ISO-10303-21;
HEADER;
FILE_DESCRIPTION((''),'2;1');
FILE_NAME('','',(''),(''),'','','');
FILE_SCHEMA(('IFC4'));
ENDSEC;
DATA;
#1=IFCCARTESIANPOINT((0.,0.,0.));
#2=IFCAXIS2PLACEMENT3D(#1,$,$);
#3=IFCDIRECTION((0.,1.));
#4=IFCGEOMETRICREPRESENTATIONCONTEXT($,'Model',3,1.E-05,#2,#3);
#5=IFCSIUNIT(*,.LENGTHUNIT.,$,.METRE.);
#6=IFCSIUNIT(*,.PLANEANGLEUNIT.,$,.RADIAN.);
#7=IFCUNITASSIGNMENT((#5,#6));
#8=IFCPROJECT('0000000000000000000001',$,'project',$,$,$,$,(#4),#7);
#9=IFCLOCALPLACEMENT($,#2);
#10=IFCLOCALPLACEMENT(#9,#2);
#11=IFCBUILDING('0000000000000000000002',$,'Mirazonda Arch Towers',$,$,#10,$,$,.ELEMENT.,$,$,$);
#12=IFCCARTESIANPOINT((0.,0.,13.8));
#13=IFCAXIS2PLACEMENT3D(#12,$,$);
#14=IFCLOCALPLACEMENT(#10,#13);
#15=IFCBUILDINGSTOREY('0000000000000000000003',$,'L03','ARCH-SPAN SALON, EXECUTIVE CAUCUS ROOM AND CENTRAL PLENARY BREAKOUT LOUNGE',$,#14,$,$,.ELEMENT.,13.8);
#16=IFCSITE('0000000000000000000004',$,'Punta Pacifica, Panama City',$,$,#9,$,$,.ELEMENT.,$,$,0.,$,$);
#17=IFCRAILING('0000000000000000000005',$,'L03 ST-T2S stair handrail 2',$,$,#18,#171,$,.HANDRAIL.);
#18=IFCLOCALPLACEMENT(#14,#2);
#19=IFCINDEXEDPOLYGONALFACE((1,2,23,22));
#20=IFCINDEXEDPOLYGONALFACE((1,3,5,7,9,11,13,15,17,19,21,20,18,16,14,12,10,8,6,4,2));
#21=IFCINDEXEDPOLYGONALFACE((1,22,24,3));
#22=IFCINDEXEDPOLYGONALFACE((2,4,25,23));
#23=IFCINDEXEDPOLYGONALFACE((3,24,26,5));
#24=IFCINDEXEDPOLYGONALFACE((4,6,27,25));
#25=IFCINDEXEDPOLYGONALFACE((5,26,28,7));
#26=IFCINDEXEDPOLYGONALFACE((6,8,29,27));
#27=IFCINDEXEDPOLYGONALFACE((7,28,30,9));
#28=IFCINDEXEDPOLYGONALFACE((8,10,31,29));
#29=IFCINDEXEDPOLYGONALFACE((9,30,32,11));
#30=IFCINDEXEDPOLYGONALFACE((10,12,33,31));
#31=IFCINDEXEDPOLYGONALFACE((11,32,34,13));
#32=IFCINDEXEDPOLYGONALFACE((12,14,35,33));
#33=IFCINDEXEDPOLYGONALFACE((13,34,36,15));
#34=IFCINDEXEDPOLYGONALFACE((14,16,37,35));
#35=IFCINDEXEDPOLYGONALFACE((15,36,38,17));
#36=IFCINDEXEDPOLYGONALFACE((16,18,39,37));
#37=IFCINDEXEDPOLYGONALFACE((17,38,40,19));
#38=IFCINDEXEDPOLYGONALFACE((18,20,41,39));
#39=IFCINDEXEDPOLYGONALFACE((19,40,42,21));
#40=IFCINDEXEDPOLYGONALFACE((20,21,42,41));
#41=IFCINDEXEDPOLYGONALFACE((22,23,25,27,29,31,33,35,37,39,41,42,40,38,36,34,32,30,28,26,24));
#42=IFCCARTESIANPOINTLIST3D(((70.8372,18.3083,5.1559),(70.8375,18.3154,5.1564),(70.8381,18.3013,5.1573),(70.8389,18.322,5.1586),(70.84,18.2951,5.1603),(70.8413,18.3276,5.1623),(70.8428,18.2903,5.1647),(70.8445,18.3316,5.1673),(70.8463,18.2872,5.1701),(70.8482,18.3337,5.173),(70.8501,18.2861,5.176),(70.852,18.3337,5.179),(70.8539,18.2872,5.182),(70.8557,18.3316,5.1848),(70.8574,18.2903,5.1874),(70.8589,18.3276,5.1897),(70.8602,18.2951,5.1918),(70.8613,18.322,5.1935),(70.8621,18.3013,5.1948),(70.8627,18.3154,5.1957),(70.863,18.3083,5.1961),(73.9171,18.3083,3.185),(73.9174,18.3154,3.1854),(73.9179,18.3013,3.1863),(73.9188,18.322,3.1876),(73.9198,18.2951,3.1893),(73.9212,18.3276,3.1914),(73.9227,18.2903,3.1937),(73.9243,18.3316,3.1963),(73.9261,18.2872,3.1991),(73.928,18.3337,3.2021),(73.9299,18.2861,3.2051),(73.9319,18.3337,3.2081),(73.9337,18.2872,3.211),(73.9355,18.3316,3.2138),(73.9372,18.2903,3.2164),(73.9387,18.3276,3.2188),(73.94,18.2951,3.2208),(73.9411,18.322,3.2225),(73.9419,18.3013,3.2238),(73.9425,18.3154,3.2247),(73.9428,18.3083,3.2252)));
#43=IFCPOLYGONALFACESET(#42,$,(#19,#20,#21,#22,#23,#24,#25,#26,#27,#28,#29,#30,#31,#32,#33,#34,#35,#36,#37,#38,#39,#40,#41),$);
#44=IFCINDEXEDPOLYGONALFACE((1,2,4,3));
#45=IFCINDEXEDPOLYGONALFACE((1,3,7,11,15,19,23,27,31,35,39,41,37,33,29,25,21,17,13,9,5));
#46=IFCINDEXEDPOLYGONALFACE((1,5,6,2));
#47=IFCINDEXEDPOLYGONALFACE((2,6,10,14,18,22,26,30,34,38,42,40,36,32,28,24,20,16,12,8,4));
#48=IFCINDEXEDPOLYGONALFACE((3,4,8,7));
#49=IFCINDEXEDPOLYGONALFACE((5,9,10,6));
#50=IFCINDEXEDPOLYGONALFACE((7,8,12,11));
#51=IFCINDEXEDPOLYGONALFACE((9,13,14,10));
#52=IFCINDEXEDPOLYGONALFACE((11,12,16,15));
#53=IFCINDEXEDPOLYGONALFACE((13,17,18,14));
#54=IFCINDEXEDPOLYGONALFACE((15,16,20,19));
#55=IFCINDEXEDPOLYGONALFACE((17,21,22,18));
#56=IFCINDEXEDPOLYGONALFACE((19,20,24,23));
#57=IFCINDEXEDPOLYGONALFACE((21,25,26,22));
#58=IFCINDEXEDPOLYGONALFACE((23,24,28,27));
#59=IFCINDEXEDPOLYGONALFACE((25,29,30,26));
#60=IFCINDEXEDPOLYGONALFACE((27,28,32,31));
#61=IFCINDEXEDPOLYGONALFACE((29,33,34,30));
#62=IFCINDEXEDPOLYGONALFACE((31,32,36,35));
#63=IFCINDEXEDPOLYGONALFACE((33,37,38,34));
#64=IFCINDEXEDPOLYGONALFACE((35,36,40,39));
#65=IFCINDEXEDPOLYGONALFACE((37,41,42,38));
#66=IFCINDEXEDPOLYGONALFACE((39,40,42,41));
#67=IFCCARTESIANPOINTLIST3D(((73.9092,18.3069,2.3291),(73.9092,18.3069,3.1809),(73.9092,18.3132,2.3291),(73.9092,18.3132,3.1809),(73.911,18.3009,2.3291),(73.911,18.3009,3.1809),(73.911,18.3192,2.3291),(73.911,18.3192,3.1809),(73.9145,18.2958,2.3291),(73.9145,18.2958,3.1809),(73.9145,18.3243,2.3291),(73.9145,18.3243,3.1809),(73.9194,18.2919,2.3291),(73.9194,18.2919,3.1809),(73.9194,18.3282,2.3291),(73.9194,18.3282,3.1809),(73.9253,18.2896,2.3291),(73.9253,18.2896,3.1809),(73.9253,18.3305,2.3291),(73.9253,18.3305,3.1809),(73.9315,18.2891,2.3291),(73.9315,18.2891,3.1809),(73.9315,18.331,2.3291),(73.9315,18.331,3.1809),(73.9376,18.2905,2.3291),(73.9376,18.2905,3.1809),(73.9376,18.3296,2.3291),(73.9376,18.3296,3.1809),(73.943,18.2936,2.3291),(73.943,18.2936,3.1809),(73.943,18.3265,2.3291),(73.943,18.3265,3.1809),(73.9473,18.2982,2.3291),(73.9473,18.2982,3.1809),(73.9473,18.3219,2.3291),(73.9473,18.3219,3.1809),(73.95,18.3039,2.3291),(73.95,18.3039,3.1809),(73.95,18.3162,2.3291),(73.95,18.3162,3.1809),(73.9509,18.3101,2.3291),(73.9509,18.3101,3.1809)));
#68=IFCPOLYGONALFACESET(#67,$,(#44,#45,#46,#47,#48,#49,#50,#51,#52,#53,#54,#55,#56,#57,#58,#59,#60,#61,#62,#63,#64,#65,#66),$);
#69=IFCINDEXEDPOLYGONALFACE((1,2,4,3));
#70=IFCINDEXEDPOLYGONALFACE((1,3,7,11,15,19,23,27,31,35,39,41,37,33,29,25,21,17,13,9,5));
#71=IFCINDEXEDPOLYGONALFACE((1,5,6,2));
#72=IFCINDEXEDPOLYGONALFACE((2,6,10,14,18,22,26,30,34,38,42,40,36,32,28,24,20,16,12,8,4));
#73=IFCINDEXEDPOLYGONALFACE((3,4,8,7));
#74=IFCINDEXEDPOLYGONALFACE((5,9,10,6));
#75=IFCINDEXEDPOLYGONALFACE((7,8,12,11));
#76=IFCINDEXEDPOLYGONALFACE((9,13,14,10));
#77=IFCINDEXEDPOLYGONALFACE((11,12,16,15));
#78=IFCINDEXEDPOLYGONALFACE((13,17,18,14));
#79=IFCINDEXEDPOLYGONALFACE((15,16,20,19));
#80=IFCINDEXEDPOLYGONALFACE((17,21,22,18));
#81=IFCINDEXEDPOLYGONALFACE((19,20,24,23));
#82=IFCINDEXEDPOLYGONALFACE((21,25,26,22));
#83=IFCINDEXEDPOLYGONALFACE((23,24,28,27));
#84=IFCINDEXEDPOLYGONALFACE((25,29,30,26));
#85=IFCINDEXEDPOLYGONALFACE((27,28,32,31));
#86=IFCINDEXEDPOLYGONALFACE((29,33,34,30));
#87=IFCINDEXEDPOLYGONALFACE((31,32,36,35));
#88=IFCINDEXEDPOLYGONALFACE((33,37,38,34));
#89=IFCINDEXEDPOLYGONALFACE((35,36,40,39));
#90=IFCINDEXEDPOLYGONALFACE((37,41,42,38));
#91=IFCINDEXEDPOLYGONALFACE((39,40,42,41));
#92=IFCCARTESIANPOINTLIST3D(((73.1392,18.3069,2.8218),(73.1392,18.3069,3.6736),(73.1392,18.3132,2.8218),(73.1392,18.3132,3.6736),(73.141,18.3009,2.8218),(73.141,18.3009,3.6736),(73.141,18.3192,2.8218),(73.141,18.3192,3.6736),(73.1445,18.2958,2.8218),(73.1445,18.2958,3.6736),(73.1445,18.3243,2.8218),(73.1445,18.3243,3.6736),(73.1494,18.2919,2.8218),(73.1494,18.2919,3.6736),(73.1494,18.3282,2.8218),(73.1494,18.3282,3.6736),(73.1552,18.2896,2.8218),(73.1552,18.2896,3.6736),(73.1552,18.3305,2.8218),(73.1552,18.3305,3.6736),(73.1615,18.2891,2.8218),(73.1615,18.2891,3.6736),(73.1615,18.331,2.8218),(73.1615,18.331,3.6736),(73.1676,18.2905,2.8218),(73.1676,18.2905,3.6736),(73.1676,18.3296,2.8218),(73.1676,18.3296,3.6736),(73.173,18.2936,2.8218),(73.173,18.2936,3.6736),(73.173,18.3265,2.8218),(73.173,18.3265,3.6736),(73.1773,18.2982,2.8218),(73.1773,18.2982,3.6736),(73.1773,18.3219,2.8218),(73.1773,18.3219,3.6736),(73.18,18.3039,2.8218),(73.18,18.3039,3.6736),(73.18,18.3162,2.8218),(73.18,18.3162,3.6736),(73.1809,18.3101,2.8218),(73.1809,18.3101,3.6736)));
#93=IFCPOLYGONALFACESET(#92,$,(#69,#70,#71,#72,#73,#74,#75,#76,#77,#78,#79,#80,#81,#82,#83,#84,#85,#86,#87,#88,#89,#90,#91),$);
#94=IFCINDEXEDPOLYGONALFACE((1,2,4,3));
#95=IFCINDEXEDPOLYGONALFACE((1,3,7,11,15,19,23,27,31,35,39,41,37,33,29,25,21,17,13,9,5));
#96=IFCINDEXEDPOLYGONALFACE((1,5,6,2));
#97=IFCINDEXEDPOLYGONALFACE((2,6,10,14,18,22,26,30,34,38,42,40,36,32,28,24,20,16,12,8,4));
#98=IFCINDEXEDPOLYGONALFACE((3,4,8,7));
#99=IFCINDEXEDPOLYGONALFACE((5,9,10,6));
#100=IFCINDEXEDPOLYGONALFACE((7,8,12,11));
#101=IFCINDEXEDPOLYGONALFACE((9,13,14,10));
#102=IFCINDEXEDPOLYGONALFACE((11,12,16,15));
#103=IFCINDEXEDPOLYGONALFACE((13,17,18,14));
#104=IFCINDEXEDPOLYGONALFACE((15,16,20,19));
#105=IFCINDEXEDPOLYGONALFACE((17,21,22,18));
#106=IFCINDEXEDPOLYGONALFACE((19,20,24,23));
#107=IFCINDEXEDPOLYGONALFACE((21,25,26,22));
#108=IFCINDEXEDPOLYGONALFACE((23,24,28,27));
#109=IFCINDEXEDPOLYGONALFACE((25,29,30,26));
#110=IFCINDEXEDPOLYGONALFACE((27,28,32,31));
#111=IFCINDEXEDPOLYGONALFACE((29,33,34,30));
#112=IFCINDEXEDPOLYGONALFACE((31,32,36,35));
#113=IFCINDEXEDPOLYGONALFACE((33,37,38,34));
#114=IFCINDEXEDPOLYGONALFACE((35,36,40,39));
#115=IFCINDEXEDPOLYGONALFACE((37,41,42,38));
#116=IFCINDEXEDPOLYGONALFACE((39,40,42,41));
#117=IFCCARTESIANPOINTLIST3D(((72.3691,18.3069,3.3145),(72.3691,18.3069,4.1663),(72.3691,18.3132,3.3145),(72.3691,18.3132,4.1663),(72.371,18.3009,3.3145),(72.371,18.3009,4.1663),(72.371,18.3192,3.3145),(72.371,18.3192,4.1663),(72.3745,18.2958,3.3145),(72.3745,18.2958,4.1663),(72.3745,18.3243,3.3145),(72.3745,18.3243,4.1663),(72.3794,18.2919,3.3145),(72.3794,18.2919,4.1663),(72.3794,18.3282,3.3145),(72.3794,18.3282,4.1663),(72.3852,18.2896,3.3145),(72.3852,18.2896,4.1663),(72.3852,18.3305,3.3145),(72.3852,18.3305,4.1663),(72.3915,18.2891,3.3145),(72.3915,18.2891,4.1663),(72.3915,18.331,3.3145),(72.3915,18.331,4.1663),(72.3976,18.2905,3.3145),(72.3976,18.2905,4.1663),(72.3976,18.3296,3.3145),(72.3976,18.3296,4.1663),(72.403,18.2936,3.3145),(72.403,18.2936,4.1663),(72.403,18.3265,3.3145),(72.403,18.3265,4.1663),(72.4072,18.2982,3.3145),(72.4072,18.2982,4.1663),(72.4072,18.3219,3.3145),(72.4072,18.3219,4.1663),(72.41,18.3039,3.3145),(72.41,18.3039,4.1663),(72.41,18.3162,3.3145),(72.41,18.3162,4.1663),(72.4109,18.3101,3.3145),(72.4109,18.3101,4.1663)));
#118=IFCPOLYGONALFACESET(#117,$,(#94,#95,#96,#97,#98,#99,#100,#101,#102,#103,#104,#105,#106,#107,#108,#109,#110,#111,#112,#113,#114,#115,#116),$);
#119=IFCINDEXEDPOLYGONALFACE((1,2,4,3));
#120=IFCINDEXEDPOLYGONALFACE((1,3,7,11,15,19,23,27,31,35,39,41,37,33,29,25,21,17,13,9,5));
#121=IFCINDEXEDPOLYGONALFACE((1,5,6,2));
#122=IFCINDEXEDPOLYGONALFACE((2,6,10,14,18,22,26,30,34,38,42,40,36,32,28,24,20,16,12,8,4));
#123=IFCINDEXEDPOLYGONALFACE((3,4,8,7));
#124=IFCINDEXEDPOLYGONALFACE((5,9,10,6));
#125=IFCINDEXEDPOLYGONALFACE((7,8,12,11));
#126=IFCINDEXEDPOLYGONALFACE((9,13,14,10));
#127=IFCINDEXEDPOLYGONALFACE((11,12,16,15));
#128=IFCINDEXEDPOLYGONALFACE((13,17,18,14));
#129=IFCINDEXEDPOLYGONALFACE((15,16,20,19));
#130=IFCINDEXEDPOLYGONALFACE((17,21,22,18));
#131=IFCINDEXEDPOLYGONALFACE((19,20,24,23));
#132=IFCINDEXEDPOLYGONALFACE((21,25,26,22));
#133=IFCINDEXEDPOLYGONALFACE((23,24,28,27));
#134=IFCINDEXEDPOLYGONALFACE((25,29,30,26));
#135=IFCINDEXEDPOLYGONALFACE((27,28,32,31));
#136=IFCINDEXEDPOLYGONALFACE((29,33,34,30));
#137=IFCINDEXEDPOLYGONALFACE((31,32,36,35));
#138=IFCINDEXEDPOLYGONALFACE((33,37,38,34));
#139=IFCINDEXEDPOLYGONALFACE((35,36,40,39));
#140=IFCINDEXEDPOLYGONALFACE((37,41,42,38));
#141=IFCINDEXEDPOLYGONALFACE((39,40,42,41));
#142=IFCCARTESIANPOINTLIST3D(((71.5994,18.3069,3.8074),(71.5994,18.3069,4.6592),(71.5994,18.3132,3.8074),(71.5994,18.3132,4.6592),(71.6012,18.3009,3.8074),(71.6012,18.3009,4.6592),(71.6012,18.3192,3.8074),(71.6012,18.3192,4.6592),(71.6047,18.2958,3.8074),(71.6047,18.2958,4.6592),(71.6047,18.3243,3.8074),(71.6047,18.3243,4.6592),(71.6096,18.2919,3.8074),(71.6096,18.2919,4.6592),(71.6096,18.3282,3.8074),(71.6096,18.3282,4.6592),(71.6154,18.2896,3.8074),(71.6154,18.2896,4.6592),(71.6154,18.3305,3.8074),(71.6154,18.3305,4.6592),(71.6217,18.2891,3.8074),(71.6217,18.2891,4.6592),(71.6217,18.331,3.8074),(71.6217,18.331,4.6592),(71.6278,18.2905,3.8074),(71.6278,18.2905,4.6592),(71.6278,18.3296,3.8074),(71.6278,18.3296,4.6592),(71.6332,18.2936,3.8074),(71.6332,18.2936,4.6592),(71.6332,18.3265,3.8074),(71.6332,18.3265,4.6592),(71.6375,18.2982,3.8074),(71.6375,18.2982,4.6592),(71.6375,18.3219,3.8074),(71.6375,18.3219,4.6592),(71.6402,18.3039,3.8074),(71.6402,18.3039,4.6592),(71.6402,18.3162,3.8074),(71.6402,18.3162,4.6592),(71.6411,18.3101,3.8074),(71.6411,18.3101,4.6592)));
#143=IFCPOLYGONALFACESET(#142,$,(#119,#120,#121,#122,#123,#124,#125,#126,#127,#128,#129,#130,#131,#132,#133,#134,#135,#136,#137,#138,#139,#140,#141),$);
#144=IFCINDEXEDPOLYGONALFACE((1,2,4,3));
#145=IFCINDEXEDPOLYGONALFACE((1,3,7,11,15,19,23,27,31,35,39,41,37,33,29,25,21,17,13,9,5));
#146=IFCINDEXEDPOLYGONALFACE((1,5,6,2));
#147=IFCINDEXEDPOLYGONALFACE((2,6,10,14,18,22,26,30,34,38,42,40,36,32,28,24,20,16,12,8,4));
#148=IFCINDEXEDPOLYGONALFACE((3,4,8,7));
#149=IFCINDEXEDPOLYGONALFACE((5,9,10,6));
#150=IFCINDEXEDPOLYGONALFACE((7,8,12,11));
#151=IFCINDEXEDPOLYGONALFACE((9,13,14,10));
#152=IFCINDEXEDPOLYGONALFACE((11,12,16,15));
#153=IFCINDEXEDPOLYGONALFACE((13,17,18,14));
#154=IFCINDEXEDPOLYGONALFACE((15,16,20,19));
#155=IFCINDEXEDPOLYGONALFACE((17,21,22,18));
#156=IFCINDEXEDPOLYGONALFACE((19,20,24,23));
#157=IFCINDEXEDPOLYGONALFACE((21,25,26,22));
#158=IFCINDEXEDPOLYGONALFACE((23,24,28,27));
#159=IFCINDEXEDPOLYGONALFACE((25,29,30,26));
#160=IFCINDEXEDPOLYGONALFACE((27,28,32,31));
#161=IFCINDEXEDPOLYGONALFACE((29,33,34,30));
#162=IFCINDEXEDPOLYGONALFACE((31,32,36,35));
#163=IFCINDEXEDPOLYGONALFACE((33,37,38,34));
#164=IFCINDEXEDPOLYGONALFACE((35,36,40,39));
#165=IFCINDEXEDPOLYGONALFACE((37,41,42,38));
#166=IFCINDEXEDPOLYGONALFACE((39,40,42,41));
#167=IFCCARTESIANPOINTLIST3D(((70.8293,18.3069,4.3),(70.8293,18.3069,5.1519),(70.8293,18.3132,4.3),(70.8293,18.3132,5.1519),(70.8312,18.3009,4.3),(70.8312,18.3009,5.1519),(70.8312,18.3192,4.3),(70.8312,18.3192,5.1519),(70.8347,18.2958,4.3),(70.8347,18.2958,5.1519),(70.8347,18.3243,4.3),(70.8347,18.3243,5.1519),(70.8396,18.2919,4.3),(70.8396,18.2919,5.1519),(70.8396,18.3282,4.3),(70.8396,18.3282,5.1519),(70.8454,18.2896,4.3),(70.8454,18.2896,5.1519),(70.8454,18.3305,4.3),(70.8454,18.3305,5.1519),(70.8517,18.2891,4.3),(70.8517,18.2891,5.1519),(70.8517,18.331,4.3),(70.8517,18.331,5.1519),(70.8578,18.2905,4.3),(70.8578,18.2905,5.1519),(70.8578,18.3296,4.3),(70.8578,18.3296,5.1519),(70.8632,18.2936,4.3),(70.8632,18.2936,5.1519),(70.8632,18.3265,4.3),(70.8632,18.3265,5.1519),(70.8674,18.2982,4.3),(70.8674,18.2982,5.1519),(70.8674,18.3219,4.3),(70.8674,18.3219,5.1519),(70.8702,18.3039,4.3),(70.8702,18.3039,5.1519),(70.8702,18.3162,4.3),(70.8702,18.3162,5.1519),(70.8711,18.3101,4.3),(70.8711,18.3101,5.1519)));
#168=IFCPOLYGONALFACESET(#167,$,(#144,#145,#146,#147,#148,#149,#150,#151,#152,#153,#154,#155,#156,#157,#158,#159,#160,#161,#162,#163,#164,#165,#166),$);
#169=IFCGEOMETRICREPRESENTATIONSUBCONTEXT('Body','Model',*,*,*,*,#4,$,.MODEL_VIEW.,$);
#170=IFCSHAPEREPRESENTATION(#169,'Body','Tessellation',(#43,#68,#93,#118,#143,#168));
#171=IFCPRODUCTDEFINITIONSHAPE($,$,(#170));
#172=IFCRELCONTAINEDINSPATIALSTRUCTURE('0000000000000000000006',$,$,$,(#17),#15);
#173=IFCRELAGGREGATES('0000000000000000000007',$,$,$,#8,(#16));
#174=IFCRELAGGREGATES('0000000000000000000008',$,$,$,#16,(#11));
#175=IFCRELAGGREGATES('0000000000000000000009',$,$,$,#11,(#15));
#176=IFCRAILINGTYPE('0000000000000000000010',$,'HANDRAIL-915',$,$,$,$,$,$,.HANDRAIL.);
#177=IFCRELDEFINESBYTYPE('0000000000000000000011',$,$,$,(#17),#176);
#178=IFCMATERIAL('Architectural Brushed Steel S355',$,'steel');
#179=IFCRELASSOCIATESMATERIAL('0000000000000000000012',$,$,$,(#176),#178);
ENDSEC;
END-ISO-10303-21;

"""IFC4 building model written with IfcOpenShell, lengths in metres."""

from ifc_helpers import new_model, si_unit, direction, frame, origin, origin_2d, place, context, subcontext, project, spatial, circle, extrude, material, type_object, element, save


model = new_model("IFC4")

# Units and contexts
model_context = context("Model", 3, precision=1e-05, world=origin(), true_north=direction((0.0, 1.0)))
body_context = subcontext(model_context, "Body", "Model", "MODEL_VIEW")
ifc_project = project(units=[si_unit("LENGTHUNIT", "METRE"), si_unit("PLANEANGLEUNIT", "RADIAN")], contexts=[model_context])

# Site, building, storey
site_placement = place(None, origin())
site = spatial("IfcSite", under=ifc_project, at=site_placement, Name="Punta Pacifica, Panama City", CompositionType="ELEMENT", RefElevation=0.0)
building_placement = place(site_placement, origin())
building = spatial("IfcBuilding", under=site, at=building_placement, Name="Mirazonda Arch Towers", CompositionType="ELEMENT")
storey_placement = place(building_placement, frame((0.0, 0.0, 13.8)))
storey = spatial("IfcBuildingStorey", under=building, at=storey_placement, Name="L03", Description="ARCH-SPAN SALON, EXECUTIVE CAUCUS ROOM AND CENTRAL PLENARY BREAKOUT LOUNGE", CompositionType="ELEMENT", Elevation=13.8)

# Railing
ifc_material_1 = material(Name="Architectural Brushed Steel S355", Category="steel")
railing_type_1 = type_object("IfcRailingType", Name="HANDRAIL-915", PredefinedType="HANDRAIL", material=ifc_material_1)
railing_1_placement = place(storey_placement, frame((73.9299, 18.3101, 2.3291)))
element("IfcRailing", 1, at=railing_1_placement, inside=storey, type_object=railing_type_1, Name="L03 ST-T2S stair handrail 2", PredefinedType="HANDRAIL", context=body_context, shape_type="SweptSolid", body=[
    extrude(circle(Radius=0.0239, at=origin_2d()), frame((0.0, 0.0, 0.876), z_axis=(-0.84229, 0.0, 0.539025), x_axis=(0.0, -1.0, 0.0)), (0.0, 0.0, 1.0), 3.6565),
    extrude(circle(Radius=0.021, at=origin_2d()), origin(), (0.0, 0.0, 1.0), 0.8518),
    extrude(circle(Radius=0.021, at=origin_2d()), frame((-0.77, 0.0, 0.4927)), (0.0, 0.0, 1.0), 0.8518),
    extrude(circle(Radius=0.021, at=origin_2d()), frame((-1.54, 0.0, 0.9854)), (0.0, 0.0, 1.0), 0.8518),
    extrude(circle(Radius=0.021, at=origin_2d()), frame((-2.3098, 0.0, 1.4783)), (0.0, 0.0, 1.0), 0.8518),
    extrude(circle(Radius=0.021, at=origin_2d()), frame((-3.0798, 0.0, 1.9709)), (0.0, 0.0, 1.0), 0.8518),
])

save(model, "model.ifc")
